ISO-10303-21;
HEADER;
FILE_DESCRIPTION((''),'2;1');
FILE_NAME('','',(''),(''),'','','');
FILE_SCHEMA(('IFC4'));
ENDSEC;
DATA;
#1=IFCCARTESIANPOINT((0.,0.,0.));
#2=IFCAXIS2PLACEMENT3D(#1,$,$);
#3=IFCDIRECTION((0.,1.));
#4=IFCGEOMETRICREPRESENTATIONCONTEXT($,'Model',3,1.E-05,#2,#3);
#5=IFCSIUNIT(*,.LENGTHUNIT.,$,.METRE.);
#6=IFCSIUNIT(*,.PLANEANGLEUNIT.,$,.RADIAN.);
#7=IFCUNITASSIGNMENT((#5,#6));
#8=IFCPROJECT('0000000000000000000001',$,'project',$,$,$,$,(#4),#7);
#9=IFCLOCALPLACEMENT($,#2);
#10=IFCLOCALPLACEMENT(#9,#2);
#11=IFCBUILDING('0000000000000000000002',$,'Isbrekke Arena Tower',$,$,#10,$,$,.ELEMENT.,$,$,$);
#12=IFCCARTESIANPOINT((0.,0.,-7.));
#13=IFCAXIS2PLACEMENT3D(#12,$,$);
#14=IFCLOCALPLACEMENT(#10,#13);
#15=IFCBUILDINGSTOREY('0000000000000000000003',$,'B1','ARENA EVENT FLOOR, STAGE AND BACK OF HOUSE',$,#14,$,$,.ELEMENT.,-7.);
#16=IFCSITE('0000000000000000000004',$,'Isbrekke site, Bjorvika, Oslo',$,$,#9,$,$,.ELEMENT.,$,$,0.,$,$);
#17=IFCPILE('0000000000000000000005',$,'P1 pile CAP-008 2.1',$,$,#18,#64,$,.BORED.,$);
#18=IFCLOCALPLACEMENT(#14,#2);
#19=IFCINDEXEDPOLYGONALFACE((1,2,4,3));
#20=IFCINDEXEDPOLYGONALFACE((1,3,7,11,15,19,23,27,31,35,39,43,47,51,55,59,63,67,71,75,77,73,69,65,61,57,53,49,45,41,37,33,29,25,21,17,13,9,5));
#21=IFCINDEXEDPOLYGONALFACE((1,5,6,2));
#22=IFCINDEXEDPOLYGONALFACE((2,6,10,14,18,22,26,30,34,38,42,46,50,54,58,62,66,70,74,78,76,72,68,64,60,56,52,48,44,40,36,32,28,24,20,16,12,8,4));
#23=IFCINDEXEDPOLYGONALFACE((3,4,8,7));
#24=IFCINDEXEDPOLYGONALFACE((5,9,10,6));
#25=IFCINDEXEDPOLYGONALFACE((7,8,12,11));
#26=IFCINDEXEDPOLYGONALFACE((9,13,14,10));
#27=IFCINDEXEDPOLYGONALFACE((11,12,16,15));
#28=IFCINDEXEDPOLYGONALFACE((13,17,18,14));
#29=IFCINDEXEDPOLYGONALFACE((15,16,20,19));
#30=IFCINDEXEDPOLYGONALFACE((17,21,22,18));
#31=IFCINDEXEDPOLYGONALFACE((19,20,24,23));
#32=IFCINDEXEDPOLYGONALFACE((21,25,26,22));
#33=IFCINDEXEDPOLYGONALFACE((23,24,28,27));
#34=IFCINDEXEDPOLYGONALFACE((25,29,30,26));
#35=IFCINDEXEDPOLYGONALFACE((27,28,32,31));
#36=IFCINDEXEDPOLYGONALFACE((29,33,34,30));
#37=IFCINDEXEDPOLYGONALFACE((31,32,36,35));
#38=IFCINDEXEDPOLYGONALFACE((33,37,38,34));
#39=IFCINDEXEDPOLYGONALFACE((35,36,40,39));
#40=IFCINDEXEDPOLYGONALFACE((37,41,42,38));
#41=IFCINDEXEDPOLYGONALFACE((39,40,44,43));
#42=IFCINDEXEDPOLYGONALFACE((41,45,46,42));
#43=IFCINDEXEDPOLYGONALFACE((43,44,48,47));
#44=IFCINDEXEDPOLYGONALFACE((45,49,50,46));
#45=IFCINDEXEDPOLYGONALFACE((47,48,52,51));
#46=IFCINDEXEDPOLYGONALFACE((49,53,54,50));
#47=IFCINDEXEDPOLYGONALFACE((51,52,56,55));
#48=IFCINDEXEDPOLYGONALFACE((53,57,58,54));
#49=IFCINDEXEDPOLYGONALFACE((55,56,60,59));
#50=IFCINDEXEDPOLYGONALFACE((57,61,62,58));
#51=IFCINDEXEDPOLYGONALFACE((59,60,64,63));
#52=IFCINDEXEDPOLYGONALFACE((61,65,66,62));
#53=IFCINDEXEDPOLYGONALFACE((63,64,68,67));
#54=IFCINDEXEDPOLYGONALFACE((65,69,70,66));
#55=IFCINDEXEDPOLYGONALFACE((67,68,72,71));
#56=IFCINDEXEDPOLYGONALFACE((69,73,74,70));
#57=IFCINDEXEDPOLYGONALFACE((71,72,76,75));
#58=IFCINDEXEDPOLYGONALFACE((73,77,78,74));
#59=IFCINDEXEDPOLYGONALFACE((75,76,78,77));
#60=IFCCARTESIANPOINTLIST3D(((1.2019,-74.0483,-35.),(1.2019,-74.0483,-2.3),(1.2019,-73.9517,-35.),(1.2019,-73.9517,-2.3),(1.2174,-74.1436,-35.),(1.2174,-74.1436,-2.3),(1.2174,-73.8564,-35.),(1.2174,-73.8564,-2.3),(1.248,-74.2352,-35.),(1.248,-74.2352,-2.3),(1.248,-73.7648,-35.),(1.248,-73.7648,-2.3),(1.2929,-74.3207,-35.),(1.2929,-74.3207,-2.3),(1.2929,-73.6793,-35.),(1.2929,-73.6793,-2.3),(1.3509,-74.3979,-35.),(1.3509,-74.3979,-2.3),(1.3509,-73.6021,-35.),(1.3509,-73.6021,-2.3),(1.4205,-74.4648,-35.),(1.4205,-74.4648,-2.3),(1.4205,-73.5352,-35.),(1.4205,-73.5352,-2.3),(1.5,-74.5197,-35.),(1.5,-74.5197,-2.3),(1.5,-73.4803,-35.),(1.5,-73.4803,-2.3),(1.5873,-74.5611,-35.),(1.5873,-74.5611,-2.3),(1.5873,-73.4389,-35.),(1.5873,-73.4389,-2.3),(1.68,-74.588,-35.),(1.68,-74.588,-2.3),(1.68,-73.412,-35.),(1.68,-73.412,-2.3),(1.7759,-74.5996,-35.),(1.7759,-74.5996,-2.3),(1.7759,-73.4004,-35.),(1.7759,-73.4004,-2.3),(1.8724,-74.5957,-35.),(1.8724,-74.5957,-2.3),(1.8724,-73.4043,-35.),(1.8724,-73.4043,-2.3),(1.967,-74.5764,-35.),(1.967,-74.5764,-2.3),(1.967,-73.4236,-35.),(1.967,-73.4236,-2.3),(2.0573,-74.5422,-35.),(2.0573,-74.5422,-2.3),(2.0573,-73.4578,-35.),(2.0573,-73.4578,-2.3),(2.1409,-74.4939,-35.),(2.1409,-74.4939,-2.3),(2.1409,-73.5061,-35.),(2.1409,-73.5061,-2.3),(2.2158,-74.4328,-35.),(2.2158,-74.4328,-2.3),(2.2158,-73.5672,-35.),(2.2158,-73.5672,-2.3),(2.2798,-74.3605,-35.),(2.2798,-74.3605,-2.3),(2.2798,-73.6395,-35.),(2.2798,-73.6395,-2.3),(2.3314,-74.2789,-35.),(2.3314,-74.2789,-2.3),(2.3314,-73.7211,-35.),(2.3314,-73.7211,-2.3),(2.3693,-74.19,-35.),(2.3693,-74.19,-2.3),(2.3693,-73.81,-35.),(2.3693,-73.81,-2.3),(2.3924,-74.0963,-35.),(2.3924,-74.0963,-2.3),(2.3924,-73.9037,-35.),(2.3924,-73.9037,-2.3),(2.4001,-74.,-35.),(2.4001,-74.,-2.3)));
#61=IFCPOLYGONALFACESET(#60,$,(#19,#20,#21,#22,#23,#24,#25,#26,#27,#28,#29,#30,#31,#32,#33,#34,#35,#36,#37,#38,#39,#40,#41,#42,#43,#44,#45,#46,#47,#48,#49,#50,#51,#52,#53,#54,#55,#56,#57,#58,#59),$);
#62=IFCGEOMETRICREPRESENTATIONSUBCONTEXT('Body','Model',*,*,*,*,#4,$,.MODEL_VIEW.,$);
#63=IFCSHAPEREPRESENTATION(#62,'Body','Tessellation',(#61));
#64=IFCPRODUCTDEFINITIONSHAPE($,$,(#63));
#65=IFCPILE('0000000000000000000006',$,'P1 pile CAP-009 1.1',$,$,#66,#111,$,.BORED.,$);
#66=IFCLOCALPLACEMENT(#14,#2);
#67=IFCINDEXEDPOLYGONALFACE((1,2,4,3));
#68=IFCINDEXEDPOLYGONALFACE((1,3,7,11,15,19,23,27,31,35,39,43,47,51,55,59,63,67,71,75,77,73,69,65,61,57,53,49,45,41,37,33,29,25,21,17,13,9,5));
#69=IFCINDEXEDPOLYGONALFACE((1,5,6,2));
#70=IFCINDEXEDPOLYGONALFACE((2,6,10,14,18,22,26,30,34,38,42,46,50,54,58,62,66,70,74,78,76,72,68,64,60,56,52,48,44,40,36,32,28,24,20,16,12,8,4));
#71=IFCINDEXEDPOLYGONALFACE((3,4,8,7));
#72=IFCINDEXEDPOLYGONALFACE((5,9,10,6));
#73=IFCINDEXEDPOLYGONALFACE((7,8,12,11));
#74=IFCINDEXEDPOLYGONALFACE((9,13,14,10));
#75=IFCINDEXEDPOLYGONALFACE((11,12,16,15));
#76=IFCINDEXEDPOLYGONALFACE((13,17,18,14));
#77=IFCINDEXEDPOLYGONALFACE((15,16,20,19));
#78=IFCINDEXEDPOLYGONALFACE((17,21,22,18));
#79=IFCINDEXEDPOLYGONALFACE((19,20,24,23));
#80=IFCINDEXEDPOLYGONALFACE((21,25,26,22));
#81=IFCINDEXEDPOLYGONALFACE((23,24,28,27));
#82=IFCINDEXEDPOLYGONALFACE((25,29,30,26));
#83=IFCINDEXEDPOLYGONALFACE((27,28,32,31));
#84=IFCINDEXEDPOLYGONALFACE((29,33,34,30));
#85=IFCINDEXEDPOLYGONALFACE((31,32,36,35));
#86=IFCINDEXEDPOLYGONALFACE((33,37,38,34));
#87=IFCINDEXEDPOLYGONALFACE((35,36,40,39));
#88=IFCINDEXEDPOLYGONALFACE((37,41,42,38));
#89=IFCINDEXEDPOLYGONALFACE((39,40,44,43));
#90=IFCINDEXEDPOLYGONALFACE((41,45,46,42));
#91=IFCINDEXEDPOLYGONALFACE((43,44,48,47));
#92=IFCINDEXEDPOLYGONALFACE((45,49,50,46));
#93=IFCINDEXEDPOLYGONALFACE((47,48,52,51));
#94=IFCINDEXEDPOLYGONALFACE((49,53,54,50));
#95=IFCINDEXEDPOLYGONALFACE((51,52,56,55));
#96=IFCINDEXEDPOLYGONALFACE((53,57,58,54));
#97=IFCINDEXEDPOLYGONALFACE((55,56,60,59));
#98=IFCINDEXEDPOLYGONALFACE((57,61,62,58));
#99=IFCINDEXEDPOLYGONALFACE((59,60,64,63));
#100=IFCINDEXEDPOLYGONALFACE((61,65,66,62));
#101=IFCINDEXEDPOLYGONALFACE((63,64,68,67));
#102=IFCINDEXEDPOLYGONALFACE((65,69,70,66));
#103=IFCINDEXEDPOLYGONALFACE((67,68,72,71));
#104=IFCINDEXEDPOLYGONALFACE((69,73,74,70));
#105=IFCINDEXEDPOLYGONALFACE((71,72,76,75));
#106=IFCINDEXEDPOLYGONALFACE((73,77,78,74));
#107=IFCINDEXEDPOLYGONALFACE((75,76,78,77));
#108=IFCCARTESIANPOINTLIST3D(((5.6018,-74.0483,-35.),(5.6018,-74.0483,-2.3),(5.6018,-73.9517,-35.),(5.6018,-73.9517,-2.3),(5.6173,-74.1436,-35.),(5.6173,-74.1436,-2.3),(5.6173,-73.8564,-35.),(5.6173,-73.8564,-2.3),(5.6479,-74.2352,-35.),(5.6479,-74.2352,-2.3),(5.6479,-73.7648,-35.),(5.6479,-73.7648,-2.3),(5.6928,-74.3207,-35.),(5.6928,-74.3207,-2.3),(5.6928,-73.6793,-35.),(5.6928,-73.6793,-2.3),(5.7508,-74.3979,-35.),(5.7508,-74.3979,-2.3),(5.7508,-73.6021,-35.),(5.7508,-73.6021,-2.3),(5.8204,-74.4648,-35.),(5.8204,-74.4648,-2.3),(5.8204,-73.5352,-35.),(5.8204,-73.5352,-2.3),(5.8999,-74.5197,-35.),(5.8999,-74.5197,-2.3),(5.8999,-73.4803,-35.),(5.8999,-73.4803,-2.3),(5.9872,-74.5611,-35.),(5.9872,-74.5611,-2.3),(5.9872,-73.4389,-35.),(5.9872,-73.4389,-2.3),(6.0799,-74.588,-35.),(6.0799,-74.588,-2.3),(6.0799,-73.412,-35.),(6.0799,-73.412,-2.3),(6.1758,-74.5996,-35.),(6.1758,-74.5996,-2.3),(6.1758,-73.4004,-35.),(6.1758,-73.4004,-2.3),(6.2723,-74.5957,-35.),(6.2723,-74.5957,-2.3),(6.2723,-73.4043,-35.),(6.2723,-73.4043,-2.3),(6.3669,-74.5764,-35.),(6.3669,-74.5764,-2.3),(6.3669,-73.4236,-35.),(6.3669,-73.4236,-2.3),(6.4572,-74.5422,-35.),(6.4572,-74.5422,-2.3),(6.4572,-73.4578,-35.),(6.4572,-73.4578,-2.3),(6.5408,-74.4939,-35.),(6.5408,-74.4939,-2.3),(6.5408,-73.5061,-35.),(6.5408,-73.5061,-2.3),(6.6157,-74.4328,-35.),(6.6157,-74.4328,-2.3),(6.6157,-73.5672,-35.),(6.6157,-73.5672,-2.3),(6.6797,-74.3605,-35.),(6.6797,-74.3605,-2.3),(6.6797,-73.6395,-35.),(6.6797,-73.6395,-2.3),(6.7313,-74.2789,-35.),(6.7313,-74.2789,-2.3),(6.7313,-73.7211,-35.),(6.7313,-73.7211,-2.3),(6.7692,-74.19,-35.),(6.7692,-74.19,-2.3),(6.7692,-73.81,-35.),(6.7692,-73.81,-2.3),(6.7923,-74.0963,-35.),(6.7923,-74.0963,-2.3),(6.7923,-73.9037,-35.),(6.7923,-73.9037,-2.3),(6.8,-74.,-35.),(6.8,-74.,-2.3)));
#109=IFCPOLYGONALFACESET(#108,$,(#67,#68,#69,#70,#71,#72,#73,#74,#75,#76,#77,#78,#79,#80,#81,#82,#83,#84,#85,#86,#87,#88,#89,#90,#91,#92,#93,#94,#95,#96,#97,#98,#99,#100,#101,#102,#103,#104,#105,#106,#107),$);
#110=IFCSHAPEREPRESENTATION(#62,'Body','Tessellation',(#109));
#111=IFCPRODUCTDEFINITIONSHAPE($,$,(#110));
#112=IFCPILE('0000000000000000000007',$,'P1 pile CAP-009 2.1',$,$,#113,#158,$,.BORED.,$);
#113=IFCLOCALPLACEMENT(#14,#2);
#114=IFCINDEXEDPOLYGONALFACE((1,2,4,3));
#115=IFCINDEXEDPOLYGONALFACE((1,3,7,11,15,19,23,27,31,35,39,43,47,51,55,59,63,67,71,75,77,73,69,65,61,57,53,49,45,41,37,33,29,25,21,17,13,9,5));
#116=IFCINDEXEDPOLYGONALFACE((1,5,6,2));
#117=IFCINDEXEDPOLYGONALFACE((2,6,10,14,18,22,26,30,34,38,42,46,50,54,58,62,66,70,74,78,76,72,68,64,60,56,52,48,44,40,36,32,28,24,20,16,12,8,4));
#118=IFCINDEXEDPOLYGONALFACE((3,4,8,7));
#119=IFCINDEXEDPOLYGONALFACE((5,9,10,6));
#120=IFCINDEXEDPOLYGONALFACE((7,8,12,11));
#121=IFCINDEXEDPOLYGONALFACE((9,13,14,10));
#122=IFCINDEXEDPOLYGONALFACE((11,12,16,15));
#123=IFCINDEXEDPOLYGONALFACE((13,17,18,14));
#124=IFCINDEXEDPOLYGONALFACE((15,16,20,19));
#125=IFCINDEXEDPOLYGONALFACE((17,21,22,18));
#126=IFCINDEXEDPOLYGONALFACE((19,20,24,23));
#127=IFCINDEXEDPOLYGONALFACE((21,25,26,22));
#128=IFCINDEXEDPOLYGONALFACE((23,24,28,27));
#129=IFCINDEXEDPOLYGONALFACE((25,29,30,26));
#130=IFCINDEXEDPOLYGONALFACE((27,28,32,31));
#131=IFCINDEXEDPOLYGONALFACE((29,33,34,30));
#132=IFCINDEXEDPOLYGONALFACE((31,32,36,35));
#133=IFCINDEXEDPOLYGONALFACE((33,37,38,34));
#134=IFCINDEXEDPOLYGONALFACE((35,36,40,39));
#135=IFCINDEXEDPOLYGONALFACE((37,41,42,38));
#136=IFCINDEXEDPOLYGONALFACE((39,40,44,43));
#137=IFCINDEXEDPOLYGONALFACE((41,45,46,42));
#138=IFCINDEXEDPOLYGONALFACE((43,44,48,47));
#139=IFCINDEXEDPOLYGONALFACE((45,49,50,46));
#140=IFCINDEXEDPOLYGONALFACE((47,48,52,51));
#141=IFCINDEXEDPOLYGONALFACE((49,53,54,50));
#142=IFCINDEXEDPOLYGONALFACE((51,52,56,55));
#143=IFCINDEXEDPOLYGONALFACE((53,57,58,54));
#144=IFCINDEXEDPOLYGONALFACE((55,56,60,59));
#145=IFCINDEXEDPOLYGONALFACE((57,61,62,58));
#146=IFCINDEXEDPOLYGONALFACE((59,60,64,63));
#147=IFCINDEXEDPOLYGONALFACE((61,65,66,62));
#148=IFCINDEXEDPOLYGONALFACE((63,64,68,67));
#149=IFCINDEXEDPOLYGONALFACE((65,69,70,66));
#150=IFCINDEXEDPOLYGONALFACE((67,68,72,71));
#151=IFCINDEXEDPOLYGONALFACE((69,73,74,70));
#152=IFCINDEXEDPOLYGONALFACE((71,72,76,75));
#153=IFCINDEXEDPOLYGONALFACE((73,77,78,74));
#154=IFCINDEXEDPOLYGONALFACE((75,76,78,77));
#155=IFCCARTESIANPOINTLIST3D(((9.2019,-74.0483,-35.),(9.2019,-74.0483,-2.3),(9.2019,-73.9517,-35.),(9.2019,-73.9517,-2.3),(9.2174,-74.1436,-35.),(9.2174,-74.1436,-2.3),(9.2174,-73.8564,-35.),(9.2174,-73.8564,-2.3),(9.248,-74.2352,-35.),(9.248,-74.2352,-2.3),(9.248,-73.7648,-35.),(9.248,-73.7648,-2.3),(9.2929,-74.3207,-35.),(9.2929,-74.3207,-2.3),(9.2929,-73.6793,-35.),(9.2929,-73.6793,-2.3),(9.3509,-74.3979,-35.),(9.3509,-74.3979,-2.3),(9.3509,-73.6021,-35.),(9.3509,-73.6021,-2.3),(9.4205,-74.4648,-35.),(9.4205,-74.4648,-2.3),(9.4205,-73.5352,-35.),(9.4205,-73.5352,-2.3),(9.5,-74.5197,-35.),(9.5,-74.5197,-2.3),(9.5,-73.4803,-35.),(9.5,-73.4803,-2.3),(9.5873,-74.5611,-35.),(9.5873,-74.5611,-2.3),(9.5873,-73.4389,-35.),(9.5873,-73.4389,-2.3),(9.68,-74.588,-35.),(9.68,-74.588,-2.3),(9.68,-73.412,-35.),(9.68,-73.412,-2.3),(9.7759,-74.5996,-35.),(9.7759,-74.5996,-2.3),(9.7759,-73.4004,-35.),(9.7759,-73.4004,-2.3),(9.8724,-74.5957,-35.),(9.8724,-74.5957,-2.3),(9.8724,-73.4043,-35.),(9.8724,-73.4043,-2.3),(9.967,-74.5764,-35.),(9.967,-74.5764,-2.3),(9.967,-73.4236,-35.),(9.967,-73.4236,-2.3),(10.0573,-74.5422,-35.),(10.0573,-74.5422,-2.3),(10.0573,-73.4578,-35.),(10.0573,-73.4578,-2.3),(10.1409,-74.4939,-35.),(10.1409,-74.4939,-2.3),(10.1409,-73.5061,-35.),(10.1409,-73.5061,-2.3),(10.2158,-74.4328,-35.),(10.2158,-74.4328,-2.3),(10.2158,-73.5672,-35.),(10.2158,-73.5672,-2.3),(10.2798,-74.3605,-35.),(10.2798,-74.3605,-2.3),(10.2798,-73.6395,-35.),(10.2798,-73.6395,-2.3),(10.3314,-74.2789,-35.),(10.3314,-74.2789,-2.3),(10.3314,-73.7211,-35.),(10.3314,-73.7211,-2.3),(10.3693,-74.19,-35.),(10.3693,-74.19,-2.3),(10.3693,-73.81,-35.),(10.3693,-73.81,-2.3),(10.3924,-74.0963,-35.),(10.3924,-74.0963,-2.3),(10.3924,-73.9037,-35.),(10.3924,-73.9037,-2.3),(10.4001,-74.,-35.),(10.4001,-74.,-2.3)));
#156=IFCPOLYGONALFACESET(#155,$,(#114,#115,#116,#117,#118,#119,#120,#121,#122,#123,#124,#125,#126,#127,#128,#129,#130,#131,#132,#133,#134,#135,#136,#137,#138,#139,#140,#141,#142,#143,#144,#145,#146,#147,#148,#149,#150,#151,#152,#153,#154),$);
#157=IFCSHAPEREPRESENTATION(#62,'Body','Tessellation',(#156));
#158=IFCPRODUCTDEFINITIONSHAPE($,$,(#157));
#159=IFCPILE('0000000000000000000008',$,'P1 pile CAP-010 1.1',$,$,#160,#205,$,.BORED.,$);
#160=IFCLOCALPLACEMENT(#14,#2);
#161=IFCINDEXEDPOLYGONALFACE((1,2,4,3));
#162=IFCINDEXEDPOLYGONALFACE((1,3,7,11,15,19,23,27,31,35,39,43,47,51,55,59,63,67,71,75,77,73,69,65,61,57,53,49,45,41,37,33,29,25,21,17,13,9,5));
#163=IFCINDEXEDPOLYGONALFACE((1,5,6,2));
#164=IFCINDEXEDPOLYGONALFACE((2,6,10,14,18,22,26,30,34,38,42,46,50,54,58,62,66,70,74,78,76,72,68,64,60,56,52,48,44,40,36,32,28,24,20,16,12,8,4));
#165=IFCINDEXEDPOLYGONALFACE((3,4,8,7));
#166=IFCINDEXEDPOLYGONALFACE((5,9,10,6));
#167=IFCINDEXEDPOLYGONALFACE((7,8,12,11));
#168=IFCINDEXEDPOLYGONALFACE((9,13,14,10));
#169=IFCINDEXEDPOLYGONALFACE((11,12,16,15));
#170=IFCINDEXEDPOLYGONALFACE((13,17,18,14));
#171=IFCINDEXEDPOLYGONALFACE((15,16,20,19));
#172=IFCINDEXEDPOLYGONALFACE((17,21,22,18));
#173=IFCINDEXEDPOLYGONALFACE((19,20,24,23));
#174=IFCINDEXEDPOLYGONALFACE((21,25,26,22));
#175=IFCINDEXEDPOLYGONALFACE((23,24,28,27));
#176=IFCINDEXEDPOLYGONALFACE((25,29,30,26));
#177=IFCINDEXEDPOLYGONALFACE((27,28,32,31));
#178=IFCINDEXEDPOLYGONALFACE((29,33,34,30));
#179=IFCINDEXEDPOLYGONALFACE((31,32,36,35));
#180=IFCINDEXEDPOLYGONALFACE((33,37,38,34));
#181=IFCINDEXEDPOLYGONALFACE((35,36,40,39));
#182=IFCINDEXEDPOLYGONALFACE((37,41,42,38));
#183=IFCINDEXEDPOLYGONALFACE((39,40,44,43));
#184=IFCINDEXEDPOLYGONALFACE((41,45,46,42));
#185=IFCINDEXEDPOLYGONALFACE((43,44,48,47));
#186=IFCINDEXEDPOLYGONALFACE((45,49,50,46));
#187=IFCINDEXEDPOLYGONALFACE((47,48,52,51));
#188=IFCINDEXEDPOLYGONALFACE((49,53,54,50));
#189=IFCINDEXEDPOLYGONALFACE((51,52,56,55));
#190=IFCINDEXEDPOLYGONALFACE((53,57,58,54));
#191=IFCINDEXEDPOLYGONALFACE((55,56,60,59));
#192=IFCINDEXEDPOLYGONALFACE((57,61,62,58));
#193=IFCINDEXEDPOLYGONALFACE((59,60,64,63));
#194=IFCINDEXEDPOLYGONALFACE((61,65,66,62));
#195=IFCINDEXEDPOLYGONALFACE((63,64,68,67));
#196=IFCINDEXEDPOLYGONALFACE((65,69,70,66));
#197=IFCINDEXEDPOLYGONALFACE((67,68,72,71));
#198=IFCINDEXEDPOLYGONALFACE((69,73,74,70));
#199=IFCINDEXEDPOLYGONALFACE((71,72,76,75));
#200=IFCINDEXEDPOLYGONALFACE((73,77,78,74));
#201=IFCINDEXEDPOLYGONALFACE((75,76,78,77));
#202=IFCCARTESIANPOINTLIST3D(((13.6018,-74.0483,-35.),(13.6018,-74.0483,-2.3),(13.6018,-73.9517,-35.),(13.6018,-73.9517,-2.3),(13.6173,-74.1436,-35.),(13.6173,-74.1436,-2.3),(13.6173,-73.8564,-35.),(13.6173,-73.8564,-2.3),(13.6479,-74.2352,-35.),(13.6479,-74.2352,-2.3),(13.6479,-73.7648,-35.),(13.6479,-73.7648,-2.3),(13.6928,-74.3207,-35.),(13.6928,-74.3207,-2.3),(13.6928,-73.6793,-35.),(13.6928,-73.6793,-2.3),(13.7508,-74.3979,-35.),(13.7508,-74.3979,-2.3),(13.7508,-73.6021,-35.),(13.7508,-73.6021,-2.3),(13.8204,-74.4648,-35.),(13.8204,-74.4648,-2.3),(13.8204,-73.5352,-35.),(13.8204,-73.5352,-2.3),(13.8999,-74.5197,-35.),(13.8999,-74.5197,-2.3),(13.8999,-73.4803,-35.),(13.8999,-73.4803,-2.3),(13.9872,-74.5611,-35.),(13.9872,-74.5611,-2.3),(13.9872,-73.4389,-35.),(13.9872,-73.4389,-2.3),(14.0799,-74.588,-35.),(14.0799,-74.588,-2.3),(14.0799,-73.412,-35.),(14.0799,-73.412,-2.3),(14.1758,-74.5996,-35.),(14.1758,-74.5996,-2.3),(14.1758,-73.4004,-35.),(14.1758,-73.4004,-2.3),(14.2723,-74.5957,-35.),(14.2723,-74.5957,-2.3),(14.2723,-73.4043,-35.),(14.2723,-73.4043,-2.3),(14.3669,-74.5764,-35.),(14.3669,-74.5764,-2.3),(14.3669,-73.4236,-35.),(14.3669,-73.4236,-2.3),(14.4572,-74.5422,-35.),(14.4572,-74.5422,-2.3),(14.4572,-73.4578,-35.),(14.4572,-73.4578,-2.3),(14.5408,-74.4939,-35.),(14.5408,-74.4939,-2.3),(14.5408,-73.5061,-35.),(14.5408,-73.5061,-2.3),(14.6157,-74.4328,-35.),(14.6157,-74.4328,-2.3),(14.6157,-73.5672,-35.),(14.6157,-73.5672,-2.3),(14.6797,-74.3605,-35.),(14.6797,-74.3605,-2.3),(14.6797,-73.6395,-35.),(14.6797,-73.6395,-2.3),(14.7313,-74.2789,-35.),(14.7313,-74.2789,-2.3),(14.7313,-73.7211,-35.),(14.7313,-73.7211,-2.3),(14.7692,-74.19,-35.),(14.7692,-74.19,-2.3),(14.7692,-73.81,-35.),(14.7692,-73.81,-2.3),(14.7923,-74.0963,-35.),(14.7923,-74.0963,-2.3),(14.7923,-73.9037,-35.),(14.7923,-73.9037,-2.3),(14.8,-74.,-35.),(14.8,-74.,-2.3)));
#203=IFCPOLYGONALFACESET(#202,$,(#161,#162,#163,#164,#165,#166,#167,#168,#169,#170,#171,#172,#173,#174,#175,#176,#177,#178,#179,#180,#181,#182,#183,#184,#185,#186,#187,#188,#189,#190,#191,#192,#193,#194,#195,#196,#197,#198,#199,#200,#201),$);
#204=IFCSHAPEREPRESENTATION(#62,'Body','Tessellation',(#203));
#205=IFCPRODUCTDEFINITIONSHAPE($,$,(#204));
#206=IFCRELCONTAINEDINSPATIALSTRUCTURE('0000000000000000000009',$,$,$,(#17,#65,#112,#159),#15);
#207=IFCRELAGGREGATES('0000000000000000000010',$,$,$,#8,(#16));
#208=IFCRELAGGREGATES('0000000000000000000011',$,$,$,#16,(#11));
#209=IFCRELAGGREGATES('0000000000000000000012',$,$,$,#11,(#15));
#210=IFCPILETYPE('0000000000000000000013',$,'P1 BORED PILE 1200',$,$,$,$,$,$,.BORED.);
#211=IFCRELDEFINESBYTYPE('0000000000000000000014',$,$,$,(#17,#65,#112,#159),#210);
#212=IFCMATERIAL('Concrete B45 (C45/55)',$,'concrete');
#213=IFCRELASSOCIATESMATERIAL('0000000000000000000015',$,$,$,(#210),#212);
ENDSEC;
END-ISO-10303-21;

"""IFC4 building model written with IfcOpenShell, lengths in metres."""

from ifc_helpers import new_model, si_unit, direction, frame, origin, origin_2d, place, context, subcontext, project, spatial, circle, extrude, material, material_profile, profile_set, type_object, element, save


model = new_model("IFC4")

# Units and contexts
model_context = context("Model", 3, precision=1e-05, world=origin(), true_north=direction((0.0, 1.0)))
body_context = subcontext(model_context, "Body", "Model", "MODEL_VIEW")
ifc_project = project(units=[si_unit("LENGTHUNIT", "METRE"), si_unit("PLANEANGLEUNIT", "RADIAN")], contexts=[model_context])

# Site, building, storey
site_placement = place(None, origin())
site = spatial("IfcSite", under=ifc_project, at=site_placement, Name="Isbrekke site, Bjorvika, Oslo", CompositionType="ELEMENT", RefElevation=0.0)
building_placement = place(site_placement, origin())
building = spatial("IfcBuilding", under=site, at=building_placement, Name="Isbrekke Arena Tower", CompositionType="ELEMENT")
storey_placement = place(building_placement, frame((0.0, 0.0, -7.0)))
storey = spatial("IfcBuildingStorey", under=building, at=storey_placement, Name="B1", Description="ARENA EVENT FLOOR, STAGE AND BACK OF HOUSE", CompositionType="ELEMENT", Elevation=-7.0)

# Piles
ifc_material_1 = material(Name="Concrete B45 (C45/55)", Category="concrete")
ifc_material_profile_1 = material_profile(ifc_material_1, circle(Radius=0.6001, at=origin_2d()), Name="BORED PILE D1200")
ifc_profile_set_1 = profile_set([ifc_material_profile_1], Name="Concrete B45 (C45/55)")
pile_type = type_object("IfcPileType", Name="P1 BORED PILE 1200", PredefinedType="BORED", material=ifc_profile_set_1)
for number, where, z_axis, x_axis, name in (
    (1, (1.8, -74.0, -2.3), (0.0, 0.0, -1.0), (1.0, 0.0, 0.0), "P1 pile CAP-008 2.1"),
    (2, (6.2, -74.0, -2.3), (0.0, 0.0, -1.0), (1.0, 0.0, 0.0), "P1 pile CAP-009 1.1"),
    (3, (9.8, -74.0, -2.3), (0.0, 0.0, -1.0), (1.0, 0.0, 0.0), "P1 pile CAP-009 2.1"),
    (4, (14.2, -74.0, -2.3), (0.0, 0.0, -1.0), (1.0, 0.0, 0.0), "P1 pile CAP-010 1.1"),
):
    element("IfcPile", number, at=place(storey_placement, frame(where, z_axis=z_axis, x_axis=x_axis)), inside=storey, type_object=pile_type, Name=name, PredefinedType="BORED", context=body_context, shape_type="SweptSolid", body=[
        extrude(circle(Radius=0.6001, at=origin_2d()), origin(), (0.0, 0.0, 1.0), 32.7),
    ])

save(model, "model.ifc")
